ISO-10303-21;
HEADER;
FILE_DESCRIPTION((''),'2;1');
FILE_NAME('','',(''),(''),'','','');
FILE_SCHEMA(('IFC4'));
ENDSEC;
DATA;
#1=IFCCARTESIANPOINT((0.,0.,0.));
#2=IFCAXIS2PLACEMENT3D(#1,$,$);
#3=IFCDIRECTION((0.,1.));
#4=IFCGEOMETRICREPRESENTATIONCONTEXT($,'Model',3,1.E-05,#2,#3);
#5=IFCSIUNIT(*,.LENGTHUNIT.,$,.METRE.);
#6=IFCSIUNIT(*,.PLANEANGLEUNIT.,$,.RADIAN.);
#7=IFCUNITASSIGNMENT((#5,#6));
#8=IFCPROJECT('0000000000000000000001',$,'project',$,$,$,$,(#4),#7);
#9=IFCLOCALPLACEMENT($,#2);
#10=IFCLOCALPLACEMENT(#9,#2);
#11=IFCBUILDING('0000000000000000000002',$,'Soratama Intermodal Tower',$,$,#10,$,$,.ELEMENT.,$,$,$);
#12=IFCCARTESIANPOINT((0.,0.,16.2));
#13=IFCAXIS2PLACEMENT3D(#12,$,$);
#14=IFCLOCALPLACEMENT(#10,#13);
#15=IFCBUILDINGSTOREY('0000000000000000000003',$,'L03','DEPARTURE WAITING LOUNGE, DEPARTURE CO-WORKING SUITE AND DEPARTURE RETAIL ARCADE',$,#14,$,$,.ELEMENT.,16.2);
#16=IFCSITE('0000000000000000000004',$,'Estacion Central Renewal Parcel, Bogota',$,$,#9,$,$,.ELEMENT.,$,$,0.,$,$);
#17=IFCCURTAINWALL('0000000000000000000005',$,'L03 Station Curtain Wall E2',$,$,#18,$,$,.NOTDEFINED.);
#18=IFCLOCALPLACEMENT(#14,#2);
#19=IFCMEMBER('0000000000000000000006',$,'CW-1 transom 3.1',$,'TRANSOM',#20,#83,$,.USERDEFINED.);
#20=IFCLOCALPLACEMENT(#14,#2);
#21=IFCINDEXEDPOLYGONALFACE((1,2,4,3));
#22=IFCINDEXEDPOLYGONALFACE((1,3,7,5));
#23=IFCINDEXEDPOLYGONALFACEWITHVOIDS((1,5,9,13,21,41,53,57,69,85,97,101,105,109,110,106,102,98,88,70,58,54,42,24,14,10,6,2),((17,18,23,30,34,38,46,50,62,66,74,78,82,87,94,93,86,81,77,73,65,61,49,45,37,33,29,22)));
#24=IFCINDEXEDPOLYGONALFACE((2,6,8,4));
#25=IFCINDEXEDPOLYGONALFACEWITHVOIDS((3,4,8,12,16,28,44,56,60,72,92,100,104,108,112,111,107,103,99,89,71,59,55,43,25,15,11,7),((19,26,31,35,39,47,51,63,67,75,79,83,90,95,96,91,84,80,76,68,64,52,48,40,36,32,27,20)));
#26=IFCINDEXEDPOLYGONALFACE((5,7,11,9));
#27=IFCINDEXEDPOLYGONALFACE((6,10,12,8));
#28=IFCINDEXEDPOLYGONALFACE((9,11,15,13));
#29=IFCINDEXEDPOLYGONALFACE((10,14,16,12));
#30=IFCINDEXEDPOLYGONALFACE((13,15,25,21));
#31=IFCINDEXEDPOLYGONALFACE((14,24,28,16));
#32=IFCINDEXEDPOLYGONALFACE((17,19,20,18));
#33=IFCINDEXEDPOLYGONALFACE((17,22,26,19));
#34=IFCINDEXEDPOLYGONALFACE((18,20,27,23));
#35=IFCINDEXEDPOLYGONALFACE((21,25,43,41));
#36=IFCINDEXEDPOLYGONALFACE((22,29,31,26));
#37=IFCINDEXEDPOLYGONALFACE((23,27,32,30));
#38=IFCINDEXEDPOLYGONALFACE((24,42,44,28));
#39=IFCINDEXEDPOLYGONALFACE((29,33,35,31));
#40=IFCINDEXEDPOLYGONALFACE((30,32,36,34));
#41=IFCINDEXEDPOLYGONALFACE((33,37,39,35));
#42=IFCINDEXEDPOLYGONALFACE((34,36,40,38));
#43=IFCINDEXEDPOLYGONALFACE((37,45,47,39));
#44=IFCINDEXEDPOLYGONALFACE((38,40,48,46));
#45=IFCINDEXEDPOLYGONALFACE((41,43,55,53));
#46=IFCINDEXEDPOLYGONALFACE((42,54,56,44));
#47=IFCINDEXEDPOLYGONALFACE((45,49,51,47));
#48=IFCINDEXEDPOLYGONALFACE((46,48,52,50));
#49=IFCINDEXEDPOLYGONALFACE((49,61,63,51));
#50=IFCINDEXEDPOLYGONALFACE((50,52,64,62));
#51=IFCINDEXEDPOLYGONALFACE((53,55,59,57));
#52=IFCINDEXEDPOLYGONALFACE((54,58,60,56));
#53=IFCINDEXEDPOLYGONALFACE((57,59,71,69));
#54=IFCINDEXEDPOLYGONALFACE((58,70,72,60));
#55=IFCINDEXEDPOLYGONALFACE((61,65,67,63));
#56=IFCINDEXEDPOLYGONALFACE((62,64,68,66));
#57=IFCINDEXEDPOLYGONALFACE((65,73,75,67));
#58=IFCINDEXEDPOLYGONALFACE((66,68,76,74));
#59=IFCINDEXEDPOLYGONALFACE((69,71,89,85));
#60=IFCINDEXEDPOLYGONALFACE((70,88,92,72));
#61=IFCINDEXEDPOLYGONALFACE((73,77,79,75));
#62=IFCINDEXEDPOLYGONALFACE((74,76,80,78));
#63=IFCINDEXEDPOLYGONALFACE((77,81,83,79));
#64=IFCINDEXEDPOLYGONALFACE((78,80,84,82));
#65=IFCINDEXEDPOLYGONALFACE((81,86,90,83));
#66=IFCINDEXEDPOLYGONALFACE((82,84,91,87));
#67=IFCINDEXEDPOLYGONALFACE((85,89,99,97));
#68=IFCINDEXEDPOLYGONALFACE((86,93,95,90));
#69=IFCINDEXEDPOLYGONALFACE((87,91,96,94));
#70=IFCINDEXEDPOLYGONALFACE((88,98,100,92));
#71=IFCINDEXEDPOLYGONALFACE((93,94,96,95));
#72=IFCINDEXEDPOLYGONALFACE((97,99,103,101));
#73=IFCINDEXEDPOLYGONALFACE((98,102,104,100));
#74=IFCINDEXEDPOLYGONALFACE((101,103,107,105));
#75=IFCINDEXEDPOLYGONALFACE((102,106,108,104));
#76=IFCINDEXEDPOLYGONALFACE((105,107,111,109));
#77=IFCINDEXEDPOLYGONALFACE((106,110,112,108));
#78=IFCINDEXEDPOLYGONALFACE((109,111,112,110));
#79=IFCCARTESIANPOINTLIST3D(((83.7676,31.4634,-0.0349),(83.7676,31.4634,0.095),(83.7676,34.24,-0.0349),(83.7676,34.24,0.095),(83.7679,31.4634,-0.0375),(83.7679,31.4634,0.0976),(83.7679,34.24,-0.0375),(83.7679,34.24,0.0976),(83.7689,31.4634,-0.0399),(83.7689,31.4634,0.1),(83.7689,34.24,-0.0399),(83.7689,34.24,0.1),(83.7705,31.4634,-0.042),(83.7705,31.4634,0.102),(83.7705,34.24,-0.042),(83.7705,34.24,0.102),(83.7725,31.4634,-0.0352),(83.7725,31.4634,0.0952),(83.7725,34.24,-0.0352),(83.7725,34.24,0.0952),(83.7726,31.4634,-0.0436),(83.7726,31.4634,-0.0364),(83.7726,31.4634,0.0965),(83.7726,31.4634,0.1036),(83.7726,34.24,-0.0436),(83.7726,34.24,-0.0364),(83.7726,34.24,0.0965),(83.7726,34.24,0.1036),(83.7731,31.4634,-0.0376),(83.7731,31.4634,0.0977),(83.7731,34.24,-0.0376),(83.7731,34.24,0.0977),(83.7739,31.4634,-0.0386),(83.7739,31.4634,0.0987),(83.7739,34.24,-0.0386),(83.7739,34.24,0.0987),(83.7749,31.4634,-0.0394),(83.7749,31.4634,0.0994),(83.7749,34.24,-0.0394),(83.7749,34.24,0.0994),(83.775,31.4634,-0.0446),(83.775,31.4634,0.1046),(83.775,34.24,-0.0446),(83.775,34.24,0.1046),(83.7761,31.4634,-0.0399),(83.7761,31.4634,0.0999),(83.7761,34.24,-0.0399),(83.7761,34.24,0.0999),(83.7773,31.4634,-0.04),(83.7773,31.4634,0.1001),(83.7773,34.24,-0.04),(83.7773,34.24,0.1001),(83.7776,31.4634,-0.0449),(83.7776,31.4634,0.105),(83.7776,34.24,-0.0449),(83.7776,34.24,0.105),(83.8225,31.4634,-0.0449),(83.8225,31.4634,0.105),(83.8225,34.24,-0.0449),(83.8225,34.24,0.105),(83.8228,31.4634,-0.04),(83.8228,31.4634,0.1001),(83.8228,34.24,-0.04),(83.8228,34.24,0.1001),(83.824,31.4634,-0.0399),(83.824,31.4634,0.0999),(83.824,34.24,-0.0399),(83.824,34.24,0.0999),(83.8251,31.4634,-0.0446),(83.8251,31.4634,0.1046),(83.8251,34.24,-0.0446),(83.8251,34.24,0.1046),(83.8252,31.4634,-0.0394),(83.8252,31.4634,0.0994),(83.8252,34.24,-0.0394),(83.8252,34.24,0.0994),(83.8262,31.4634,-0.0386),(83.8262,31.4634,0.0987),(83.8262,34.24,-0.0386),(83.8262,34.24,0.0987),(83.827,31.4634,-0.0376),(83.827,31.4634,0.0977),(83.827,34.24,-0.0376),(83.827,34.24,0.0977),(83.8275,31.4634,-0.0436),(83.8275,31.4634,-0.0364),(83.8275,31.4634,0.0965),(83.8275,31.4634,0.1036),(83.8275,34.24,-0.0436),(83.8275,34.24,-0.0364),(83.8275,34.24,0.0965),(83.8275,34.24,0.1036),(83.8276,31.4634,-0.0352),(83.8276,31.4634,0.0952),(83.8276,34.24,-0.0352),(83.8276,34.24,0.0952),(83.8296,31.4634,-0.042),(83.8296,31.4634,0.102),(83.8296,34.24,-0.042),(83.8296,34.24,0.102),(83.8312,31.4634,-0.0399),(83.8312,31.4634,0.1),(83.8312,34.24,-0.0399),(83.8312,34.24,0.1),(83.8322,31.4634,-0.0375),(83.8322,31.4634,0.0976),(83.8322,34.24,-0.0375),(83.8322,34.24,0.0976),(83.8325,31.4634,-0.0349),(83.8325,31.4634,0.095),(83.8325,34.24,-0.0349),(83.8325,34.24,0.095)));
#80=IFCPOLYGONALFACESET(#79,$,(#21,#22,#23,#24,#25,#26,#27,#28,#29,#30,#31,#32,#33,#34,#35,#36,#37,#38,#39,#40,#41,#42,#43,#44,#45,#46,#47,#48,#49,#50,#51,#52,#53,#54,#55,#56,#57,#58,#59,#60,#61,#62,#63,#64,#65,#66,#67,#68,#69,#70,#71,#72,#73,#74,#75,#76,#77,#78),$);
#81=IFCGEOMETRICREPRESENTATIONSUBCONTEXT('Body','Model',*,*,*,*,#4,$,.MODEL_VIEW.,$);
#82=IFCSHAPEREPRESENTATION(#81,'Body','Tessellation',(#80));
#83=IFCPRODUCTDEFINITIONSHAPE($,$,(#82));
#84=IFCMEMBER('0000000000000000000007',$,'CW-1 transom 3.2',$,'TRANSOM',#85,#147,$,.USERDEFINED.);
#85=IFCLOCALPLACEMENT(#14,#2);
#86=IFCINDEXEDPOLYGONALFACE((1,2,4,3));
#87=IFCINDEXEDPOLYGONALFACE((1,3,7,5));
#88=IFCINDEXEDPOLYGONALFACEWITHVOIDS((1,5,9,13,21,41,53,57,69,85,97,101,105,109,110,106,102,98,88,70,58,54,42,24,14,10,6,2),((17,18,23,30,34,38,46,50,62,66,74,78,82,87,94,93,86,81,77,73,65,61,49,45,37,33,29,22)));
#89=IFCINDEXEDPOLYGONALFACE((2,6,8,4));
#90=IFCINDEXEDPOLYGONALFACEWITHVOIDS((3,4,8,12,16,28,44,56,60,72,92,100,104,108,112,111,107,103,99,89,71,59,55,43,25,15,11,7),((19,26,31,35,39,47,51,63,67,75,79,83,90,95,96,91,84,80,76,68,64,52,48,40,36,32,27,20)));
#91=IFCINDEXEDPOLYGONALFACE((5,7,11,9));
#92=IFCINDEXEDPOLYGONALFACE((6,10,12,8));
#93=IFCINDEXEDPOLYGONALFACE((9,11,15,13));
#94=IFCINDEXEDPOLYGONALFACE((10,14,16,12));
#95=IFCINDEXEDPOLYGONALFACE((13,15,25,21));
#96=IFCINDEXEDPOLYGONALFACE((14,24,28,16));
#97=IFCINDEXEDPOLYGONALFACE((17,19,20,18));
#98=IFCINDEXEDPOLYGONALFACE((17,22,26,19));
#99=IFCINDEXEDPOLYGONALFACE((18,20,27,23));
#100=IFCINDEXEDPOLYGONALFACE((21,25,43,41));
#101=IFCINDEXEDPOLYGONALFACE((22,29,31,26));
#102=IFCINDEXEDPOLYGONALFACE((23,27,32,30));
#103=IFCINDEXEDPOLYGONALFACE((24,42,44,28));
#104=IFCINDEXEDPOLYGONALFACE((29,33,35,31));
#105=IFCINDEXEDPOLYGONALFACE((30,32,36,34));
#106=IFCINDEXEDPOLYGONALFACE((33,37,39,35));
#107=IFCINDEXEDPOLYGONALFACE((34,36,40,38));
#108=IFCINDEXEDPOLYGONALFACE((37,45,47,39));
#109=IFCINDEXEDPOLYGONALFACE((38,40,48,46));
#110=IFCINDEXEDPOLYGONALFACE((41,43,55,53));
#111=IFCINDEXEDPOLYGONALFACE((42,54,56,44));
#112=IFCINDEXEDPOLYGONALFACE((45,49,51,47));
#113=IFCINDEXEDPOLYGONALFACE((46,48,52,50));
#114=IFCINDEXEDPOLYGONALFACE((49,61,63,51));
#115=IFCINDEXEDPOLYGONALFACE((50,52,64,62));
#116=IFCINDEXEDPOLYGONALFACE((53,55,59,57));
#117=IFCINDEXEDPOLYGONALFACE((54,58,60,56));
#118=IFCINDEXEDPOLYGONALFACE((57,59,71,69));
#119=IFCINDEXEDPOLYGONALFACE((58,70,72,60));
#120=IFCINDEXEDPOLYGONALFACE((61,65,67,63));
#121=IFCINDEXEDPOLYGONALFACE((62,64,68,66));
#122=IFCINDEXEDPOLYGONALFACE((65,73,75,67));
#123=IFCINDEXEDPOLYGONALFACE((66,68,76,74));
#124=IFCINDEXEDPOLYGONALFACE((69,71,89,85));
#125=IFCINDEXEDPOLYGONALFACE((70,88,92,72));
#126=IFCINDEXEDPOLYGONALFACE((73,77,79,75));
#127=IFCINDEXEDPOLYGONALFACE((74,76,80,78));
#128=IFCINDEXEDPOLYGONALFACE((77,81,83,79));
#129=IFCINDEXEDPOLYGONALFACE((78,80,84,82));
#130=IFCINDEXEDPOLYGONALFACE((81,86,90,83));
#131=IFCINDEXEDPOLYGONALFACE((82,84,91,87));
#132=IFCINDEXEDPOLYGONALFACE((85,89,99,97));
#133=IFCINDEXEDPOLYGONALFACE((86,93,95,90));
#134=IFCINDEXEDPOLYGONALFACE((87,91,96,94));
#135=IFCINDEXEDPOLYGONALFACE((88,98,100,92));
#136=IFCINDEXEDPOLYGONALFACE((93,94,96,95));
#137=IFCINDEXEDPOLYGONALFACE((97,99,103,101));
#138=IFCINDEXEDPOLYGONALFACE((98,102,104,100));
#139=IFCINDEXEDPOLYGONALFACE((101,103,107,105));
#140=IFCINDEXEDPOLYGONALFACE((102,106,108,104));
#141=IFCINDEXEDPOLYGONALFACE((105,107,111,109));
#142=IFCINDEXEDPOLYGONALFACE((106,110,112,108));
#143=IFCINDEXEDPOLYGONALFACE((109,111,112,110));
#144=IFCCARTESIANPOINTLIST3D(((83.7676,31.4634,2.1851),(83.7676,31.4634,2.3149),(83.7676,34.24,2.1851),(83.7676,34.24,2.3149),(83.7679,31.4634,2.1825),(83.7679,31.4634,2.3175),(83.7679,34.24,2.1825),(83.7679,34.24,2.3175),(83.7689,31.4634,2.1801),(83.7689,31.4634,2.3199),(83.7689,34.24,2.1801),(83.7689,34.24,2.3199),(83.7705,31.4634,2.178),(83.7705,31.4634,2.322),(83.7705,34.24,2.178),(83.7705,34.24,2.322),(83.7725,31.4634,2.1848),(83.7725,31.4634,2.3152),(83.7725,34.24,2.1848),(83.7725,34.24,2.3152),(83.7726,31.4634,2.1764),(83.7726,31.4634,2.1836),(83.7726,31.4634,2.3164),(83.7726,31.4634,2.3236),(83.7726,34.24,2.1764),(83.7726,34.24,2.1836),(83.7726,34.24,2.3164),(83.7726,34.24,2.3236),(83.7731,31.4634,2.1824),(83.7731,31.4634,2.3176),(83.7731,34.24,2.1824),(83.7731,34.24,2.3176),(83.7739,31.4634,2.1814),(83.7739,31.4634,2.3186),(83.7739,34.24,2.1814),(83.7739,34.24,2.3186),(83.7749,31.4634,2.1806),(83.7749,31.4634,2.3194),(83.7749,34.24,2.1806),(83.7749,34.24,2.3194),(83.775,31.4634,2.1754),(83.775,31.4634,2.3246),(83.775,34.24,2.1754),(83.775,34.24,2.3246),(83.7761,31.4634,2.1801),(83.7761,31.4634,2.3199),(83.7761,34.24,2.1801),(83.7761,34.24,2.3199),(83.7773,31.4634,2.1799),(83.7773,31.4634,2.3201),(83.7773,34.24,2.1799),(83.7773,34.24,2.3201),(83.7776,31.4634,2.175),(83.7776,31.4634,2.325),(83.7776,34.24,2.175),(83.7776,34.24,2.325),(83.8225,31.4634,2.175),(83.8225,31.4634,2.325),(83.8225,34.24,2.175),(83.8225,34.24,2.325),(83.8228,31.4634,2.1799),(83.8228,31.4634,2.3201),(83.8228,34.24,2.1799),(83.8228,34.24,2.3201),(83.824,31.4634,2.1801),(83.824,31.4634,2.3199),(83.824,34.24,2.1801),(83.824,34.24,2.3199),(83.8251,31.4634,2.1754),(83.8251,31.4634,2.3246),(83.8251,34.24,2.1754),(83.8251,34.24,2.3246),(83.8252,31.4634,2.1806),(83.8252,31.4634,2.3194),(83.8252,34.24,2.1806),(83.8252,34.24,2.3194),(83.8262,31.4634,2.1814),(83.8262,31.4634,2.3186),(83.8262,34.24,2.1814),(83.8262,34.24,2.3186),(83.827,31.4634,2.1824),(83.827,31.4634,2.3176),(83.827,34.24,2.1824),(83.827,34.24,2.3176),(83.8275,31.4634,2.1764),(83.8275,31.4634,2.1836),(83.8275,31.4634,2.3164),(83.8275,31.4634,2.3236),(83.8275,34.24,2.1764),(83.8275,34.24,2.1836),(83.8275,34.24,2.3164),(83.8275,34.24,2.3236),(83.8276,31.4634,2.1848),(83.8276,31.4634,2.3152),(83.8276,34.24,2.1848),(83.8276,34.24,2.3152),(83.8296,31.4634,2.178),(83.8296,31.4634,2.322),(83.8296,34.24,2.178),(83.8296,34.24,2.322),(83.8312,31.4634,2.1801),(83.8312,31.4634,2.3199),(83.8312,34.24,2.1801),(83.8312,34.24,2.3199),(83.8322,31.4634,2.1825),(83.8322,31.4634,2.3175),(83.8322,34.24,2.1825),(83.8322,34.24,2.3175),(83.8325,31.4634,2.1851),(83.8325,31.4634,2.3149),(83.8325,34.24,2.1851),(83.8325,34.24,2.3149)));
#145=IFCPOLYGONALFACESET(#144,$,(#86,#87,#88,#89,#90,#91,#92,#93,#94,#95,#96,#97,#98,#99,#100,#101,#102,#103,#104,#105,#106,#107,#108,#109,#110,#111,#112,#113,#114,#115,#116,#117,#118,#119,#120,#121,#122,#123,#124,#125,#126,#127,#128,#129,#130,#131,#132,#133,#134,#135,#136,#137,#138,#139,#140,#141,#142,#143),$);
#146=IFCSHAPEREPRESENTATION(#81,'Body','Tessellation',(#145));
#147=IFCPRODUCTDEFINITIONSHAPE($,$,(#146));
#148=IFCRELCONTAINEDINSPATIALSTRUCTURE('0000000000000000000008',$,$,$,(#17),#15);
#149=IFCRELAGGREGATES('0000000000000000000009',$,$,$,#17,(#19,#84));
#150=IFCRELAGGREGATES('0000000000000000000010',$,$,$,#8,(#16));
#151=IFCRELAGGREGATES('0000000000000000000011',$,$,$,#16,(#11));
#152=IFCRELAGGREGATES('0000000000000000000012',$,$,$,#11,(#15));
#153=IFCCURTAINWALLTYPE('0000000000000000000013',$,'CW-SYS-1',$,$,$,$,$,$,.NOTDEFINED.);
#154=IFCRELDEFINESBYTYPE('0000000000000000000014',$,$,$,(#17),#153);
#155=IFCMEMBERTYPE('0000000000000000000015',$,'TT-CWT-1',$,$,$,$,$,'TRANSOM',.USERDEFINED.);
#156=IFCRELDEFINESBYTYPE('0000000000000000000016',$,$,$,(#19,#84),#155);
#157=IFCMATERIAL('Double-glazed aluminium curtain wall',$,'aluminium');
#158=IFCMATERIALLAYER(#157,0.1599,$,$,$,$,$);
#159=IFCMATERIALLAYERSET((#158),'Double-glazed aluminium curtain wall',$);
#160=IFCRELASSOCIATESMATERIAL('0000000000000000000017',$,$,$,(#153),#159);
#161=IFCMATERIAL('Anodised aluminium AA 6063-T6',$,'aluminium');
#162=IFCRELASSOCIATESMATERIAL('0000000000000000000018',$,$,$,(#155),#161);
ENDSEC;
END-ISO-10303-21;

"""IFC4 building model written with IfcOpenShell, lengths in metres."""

from ifc_helpers import new_model, si_unit, direction, frame, origin, origin_2d, place, context, subcontext, project, spatial, hollow_rectangle, extrude, material, layer, layer_set, material_profile, profile_set, type_object, element, aggregate, save


model = new_model("IFC4")

# Units and contexts
model_context = context("Model", 3, precision=1e-05, world=origin(), true_north=direction((0.0, 1.0)))
body_context = subcontext(model_context, "Body", "Model", "MODEL_VIEW")
ifc_project = project(units=[si_unit("LENGTHUNIT", "METRE"), si_unit("PLANEANGLEUNIT", "RADIAN")], contexts=[model_context])

# Site, building, storey
site_placement = place(None, origin())
site = spatial("IfcSite", under=ifc_project, at=site_placement, Name="Estacion Central Renewal Parcel, Bogota", CompositionType="ELEMENT", RefElevation=0.0)
building_placement = place(site_placement, origin())
building = spatial("IfcBuilding", under=site, at=building_placement, Name="Soratama Intermodal Tower", CompositionType="ELEMENT")
storey_placement = place(building_placement, frame((0.0, 0.0, 16.2)))
storey = spatial("IfcBuildingStorey", under=building, at=storey_placement, Name="L03", Description="DEPARTURE WAITING LOUNGE, DEPARTURE CO-WORKING SUITE AND DEPARTURE RETAIL ARCADE", CompositionType="ELEMENT", Elevation=16.2)

# Curtain wall, members
ifc_material_1 = material(Name="Double-glazed aluminium curtain wall", Category="aluminium")
ifc_layer_1 = layer(ifc_material_1, 0.1599)
ifc_layer_set_1 = layer_set([ifc_layer_1], Name="Double-glazed aluminium curtain wall")
curtain_wall_type = type_object("IfcCurtainWallType", Name="CW-SYS-1", PredefinedType="NOTDEFINED", material=ifc_layer_set_1)
curtain_wall_placement = place(storey_placement, origin())
curtain_wall = element("IfcCurtainWall", 1, at=curtain_wall_placement, inside=storey, type_object=curtain_wall_type, Name="L03 Station Curtain Wall E2", PredefinedType="NOTDEFINED")
ifc_material_2 = material(Name="Anodised aluminium AA 6063-T6", Category="aluminium")
ifc_material_profile_1 = material_profile(ifc_material_2, hollow_rectangle(XDim=0.0649, YDim=0.1499, WallThickness=0.0049, InnerFilletRadius=0.0049, OuterFilletRadius=0.01, at=origin_2d()), Name="CWT150X65X5")
ifc_profile_set_1 = profile_set([ifc_material_profile_1], Name="Anodised aluminium AA 6063-T6")
member_type_1 = type_object("IfcMemberType", Name="TT-CWT-1", ElementType="TRANSOM", PredefinedType="USERDEFINED", material=ifc_profile_set_1)
member_1_placement = place(storey_placement, frame((83.8, 31.4634, 0.03), z_axis=(0.0, 1.0, 0.0), x_axis=(-1.0, 0.0, 0.0)))
member_1 = element("IfcMember", 2, at=member_1_placement, type_object=member_type_1, Name="CW-1 transom 3.1", ObjectType="TRANSOM", PredefinedType="USERDEFINED", context=body_context, shape_type="SweptSolid", body=[
    extrude(hollow_rectangle(XDim=0.0649, YDim=0.1499, WallThickness=0.0049, InnerFilletRadius=0.0049, OuterFilletRadius=0.01, at=origin_2d()), origin(), (0.0, 0.0, 1.0), 2.7766),
])
member_2_placement = place(storey_placement, frame((83.8, 31.4634, 2.25), z_axis=(0.0, 1.0, 0.0), x_axis=(-1.0, 0.0, 0.0)))
member_2 = element("IfcMember", 3, at=member_2_placement, type_object=member_type_1, Name="CW-1 transom 3.2", ObjectType="TRANSOM", PredefinedType="USERDEFINED", context=body_context, shape_type="SweptSolid", body=[
    extrude(hollow_rectangle(XDim=0.0649, YDim=0.1499, WallThickness=0.0049, InnerFilletRadius=0.0049, OuterFilletRadius=0.01, at=origin_2d()), origin(), (0.0, 0.0, 1.0), 2.7766),
])
aggregate(curtain_wall, [member_1, member_2])

save(model, "model.ifc")
